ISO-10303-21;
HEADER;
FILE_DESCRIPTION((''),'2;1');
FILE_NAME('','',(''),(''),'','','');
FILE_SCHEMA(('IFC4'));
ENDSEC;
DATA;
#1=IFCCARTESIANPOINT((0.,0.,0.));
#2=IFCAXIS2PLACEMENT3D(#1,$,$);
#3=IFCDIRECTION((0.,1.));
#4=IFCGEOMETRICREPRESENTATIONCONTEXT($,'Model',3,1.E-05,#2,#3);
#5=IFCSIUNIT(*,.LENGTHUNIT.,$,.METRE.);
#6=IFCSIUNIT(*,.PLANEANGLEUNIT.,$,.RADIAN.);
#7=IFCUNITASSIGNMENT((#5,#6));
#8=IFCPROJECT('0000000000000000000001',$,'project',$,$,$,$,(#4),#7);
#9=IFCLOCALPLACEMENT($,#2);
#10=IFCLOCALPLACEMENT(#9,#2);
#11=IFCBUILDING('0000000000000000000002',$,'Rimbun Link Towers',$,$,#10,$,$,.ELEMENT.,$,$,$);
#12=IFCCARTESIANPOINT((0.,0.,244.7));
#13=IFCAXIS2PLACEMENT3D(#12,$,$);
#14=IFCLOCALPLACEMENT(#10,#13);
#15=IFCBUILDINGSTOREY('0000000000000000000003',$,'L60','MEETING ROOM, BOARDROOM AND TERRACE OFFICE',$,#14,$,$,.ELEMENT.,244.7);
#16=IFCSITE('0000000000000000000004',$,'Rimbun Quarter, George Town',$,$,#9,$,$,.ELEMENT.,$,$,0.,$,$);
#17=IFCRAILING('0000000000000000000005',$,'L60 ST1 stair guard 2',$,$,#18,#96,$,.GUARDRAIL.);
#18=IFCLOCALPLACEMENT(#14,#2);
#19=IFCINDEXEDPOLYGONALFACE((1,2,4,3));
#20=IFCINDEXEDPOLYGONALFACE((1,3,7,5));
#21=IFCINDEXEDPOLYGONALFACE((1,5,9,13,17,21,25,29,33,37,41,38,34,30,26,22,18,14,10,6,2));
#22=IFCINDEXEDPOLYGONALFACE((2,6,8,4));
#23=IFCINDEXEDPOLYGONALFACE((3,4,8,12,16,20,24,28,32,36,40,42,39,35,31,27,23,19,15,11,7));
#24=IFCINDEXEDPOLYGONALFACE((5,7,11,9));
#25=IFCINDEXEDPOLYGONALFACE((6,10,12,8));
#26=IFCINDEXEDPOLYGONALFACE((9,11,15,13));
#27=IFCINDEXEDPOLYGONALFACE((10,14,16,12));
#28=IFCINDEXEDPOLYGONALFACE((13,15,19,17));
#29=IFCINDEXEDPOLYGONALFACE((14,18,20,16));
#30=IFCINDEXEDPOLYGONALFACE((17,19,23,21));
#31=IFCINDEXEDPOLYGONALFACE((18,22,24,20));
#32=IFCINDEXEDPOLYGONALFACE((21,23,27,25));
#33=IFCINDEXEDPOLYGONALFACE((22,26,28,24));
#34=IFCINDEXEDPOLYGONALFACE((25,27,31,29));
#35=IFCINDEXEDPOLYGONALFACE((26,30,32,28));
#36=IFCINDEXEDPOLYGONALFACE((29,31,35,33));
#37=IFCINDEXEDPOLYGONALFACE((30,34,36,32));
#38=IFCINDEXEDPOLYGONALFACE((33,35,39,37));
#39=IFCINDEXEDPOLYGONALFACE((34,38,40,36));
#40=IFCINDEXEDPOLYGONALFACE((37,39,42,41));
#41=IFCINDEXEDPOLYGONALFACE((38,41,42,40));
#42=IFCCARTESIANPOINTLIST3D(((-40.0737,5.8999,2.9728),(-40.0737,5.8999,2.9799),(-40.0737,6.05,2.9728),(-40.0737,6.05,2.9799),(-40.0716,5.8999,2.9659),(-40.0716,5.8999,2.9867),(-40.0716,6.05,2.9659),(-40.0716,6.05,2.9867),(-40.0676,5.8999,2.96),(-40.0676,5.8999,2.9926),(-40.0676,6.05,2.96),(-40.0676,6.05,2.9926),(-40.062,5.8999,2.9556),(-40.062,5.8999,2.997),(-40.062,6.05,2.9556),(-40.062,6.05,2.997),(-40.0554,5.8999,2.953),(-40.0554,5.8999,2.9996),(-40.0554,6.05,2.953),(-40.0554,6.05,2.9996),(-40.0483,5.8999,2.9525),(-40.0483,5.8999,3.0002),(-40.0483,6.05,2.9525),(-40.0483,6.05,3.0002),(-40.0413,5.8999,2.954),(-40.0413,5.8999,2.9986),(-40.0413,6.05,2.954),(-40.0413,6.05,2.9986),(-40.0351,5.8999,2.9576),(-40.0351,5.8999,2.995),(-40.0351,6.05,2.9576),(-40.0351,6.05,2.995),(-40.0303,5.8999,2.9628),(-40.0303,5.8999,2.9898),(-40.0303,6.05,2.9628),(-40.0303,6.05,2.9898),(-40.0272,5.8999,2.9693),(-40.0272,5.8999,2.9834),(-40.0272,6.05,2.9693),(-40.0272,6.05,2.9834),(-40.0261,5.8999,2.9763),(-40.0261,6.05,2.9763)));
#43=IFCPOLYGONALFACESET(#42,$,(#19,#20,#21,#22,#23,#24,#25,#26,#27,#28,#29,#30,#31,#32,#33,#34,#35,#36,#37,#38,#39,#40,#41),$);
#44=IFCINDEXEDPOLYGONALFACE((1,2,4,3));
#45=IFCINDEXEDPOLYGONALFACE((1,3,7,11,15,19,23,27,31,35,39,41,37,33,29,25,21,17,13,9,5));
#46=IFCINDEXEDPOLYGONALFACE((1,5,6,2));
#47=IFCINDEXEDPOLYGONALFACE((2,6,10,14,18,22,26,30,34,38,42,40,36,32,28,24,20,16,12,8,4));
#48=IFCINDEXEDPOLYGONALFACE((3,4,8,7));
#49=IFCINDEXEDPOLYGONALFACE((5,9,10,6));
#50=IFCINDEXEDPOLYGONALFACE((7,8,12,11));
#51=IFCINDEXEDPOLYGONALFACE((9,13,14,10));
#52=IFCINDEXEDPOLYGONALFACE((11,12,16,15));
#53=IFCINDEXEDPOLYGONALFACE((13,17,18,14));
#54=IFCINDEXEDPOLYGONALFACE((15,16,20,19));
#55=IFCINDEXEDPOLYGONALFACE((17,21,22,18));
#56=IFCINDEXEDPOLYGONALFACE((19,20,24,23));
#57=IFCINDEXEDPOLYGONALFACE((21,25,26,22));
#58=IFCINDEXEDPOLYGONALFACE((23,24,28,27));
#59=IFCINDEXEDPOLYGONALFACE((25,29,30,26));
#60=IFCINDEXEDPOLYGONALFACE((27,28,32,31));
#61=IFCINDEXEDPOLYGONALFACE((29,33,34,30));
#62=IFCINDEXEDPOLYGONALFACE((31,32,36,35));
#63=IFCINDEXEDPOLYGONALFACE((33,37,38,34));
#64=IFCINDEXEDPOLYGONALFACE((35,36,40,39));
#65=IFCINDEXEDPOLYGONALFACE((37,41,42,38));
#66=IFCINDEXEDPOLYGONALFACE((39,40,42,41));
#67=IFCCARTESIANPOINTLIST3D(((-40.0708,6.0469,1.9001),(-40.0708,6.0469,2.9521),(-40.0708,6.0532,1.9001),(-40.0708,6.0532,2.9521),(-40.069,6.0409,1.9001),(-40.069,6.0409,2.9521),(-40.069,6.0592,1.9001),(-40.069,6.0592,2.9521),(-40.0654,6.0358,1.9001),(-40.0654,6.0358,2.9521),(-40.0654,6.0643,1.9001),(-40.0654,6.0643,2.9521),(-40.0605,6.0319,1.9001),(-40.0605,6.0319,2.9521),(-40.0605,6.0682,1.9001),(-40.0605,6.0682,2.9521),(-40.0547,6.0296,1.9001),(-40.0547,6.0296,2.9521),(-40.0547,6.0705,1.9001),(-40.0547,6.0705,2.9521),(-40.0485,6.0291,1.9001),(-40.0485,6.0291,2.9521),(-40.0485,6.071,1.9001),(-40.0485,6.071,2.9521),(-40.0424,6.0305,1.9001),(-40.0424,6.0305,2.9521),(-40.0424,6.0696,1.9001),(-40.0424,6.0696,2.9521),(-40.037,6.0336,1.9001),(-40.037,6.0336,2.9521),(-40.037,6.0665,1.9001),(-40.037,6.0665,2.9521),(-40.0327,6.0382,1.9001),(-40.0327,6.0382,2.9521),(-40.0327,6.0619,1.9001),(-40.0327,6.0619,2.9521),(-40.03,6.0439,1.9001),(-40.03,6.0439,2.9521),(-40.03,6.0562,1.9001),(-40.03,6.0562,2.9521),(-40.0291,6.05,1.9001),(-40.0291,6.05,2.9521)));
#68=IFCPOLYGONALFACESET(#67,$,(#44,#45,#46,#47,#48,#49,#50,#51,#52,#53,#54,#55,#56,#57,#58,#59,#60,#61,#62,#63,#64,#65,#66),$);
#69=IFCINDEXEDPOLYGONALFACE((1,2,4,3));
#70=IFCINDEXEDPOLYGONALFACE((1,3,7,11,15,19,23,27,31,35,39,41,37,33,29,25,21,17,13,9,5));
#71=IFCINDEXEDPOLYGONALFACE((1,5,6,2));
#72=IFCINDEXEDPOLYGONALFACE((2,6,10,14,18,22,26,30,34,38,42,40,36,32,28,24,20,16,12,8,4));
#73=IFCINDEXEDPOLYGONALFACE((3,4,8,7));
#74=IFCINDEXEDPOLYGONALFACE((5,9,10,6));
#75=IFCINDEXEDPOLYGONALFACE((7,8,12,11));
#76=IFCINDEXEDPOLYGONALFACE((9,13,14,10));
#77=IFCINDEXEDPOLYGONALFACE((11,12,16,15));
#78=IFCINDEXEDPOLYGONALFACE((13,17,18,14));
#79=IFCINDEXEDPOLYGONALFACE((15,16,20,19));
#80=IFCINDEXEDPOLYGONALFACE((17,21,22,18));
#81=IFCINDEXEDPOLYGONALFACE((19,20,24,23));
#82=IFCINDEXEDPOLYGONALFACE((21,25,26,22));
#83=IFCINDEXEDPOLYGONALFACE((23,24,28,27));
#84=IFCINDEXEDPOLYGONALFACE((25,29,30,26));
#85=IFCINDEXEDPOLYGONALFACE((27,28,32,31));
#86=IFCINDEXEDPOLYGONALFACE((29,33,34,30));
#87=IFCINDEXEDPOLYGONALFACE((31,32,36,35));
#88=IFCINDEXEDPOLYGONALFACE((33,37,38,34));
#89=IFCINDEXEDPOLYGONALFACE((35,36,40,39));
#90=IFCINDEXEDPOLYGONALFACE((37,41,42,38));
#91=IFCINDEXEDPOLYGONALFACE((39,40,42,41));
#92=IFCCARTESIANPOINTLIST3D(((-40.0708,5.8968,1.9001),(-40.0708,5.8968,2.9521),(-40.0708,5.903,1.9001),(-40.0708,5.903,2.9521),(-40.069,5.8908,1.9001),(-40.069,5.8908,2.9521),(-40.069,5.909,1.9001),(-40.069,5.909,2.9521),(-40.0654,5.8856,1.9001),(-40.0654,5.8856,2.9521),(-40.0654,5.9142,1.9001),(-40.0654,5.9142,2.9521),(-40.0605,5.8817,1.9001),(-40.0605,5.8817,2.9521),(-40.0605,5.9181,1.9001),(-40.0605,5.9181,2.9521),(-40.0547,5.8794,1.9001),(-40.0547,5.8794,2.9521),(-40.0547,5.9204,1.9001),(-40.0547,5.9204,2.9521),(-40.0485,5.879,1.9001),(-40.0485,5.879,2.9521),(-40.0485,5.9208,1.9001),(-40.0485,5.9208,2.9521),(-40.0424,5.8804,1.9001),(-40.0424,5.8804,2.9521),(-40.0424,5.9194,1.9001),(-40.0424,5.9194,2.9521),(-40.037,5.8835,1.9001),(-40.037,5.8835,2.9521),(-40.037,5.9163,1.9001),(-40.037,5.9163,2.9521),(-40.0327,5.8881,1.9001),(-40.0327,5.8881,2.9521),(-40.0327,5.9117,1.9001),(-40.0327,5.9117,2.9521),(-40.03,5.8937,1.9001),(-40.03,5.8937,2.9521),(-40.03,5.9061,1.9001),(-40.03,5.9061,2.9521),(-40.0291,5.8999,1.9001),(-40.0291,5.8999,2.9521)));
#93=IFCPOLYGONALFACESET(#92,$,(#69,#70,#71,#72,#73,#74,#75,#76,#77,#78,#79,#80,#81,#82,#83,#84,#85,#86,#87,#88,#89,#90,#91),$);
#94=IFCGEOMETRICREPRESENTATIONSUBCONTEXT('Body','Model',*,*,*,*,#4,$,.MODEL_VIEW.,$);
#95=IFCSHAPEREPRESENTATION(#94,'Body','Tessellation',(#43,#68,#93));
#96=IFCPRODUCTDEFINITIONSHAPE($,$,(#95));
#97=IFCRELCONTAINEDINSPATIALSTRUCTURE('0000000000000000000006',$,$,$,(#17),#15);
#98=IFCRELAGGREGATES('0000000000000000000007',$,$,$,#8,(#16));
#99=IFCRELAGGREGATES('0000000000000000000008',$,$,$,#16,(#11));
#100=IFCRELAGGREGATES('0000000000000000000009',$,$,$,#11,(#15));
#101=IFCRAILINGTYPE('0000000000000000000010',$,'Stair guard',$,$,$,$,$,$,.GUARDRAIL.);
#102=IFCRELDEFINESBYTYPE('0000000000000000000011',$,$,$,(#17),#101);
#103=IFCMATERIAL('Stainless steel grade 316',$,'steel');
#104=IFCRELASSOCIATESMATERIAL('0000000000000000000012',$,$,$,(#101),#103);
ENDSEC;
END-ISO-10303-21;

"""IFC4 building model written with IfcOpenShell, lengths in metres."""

from ifc_helpers import new_model, si_unit, direction, frame, origin, origin_2d, place, context, subcontext, project, spatial, circle, extrude, material, type_object, element, save


model = new_model("IFC4")

# Units and contexts
model_context = context("Model", 3, precision=1e-05, world=origin(), true_north=direction((0.0, 1.0)))
body_context = subcontext(model_context, "Body", "Model", "MODEL_VIEW")
ifc_project = project(units=[si_unit("LENGTHUNIT", "METRE"), si_unit("PLANEANGLEUNIT", "RADIAN")], contexts=[model_context])

# Site, building, storey
site_placement = place(None, origin())
site = spatial("IfcSite", under=ifc_project, at=site_placement, Name="Rimbun Quarter, George Town", CompositionType="ELEMENT", RefElevation=0.0)
building_placement = place(site_placement, origin())
building = spatial("IfcBuilding", under=site, at=building_placement, Name="Rimbun Link Towers", CompositionType="ELEMENT")
storey_placement = place(building_placement, frame((0.0, 0.0, 244.7)))
storey = spatial("IfcBuildingStorey", under=building, at=storey_placement, Name="L60", Description="MEETING ROOM, BOARDROOM AND TERRACE OFFICE", CompositionType="ELEMENT", Elevation=244.7)

# Railing
ifc_material_1 = material(Name="Stainless steel grade 316", Category="steel")
railing_type_1 = type_object("IfcRailingType", Name="Stair guard", PredefinedType="GUARDRAIL", material=ifc_material_1)
railing_1_placement = place(storey_placement, frame((-40.05, 6.05, 1.9001)))
element("IfcRailing", 1, at=railing_1_placement, inside=storey, type_object=railing_type_1, Name="L60 ST1 stair guard 2", PredefinedType="GUARDRAIL", context=body_context, shape_type="SweptSolid", body=[
    extrude(circle(Radius=0.0239, at=origin_2d()), frame((0.0, 0.0, 1.0762), z_axis=(0.0, -1.0, 0.0), x_axis=(1.0, 0.0, 0.0)), (0.0, 0.0, 1.0), 0.1501),
    extrude(circle(Radius=0.021, at=origin_2d()), origin(), (0.0, 0.0, 1.0), 1.052),
    extrude(circle(Radius=0.021, at=origin_2d()), frame((0.0, -0.1501, 0.0)), (0.0, 0.0, 1.0), 1.052),
])

save(model, "model.ifc")
